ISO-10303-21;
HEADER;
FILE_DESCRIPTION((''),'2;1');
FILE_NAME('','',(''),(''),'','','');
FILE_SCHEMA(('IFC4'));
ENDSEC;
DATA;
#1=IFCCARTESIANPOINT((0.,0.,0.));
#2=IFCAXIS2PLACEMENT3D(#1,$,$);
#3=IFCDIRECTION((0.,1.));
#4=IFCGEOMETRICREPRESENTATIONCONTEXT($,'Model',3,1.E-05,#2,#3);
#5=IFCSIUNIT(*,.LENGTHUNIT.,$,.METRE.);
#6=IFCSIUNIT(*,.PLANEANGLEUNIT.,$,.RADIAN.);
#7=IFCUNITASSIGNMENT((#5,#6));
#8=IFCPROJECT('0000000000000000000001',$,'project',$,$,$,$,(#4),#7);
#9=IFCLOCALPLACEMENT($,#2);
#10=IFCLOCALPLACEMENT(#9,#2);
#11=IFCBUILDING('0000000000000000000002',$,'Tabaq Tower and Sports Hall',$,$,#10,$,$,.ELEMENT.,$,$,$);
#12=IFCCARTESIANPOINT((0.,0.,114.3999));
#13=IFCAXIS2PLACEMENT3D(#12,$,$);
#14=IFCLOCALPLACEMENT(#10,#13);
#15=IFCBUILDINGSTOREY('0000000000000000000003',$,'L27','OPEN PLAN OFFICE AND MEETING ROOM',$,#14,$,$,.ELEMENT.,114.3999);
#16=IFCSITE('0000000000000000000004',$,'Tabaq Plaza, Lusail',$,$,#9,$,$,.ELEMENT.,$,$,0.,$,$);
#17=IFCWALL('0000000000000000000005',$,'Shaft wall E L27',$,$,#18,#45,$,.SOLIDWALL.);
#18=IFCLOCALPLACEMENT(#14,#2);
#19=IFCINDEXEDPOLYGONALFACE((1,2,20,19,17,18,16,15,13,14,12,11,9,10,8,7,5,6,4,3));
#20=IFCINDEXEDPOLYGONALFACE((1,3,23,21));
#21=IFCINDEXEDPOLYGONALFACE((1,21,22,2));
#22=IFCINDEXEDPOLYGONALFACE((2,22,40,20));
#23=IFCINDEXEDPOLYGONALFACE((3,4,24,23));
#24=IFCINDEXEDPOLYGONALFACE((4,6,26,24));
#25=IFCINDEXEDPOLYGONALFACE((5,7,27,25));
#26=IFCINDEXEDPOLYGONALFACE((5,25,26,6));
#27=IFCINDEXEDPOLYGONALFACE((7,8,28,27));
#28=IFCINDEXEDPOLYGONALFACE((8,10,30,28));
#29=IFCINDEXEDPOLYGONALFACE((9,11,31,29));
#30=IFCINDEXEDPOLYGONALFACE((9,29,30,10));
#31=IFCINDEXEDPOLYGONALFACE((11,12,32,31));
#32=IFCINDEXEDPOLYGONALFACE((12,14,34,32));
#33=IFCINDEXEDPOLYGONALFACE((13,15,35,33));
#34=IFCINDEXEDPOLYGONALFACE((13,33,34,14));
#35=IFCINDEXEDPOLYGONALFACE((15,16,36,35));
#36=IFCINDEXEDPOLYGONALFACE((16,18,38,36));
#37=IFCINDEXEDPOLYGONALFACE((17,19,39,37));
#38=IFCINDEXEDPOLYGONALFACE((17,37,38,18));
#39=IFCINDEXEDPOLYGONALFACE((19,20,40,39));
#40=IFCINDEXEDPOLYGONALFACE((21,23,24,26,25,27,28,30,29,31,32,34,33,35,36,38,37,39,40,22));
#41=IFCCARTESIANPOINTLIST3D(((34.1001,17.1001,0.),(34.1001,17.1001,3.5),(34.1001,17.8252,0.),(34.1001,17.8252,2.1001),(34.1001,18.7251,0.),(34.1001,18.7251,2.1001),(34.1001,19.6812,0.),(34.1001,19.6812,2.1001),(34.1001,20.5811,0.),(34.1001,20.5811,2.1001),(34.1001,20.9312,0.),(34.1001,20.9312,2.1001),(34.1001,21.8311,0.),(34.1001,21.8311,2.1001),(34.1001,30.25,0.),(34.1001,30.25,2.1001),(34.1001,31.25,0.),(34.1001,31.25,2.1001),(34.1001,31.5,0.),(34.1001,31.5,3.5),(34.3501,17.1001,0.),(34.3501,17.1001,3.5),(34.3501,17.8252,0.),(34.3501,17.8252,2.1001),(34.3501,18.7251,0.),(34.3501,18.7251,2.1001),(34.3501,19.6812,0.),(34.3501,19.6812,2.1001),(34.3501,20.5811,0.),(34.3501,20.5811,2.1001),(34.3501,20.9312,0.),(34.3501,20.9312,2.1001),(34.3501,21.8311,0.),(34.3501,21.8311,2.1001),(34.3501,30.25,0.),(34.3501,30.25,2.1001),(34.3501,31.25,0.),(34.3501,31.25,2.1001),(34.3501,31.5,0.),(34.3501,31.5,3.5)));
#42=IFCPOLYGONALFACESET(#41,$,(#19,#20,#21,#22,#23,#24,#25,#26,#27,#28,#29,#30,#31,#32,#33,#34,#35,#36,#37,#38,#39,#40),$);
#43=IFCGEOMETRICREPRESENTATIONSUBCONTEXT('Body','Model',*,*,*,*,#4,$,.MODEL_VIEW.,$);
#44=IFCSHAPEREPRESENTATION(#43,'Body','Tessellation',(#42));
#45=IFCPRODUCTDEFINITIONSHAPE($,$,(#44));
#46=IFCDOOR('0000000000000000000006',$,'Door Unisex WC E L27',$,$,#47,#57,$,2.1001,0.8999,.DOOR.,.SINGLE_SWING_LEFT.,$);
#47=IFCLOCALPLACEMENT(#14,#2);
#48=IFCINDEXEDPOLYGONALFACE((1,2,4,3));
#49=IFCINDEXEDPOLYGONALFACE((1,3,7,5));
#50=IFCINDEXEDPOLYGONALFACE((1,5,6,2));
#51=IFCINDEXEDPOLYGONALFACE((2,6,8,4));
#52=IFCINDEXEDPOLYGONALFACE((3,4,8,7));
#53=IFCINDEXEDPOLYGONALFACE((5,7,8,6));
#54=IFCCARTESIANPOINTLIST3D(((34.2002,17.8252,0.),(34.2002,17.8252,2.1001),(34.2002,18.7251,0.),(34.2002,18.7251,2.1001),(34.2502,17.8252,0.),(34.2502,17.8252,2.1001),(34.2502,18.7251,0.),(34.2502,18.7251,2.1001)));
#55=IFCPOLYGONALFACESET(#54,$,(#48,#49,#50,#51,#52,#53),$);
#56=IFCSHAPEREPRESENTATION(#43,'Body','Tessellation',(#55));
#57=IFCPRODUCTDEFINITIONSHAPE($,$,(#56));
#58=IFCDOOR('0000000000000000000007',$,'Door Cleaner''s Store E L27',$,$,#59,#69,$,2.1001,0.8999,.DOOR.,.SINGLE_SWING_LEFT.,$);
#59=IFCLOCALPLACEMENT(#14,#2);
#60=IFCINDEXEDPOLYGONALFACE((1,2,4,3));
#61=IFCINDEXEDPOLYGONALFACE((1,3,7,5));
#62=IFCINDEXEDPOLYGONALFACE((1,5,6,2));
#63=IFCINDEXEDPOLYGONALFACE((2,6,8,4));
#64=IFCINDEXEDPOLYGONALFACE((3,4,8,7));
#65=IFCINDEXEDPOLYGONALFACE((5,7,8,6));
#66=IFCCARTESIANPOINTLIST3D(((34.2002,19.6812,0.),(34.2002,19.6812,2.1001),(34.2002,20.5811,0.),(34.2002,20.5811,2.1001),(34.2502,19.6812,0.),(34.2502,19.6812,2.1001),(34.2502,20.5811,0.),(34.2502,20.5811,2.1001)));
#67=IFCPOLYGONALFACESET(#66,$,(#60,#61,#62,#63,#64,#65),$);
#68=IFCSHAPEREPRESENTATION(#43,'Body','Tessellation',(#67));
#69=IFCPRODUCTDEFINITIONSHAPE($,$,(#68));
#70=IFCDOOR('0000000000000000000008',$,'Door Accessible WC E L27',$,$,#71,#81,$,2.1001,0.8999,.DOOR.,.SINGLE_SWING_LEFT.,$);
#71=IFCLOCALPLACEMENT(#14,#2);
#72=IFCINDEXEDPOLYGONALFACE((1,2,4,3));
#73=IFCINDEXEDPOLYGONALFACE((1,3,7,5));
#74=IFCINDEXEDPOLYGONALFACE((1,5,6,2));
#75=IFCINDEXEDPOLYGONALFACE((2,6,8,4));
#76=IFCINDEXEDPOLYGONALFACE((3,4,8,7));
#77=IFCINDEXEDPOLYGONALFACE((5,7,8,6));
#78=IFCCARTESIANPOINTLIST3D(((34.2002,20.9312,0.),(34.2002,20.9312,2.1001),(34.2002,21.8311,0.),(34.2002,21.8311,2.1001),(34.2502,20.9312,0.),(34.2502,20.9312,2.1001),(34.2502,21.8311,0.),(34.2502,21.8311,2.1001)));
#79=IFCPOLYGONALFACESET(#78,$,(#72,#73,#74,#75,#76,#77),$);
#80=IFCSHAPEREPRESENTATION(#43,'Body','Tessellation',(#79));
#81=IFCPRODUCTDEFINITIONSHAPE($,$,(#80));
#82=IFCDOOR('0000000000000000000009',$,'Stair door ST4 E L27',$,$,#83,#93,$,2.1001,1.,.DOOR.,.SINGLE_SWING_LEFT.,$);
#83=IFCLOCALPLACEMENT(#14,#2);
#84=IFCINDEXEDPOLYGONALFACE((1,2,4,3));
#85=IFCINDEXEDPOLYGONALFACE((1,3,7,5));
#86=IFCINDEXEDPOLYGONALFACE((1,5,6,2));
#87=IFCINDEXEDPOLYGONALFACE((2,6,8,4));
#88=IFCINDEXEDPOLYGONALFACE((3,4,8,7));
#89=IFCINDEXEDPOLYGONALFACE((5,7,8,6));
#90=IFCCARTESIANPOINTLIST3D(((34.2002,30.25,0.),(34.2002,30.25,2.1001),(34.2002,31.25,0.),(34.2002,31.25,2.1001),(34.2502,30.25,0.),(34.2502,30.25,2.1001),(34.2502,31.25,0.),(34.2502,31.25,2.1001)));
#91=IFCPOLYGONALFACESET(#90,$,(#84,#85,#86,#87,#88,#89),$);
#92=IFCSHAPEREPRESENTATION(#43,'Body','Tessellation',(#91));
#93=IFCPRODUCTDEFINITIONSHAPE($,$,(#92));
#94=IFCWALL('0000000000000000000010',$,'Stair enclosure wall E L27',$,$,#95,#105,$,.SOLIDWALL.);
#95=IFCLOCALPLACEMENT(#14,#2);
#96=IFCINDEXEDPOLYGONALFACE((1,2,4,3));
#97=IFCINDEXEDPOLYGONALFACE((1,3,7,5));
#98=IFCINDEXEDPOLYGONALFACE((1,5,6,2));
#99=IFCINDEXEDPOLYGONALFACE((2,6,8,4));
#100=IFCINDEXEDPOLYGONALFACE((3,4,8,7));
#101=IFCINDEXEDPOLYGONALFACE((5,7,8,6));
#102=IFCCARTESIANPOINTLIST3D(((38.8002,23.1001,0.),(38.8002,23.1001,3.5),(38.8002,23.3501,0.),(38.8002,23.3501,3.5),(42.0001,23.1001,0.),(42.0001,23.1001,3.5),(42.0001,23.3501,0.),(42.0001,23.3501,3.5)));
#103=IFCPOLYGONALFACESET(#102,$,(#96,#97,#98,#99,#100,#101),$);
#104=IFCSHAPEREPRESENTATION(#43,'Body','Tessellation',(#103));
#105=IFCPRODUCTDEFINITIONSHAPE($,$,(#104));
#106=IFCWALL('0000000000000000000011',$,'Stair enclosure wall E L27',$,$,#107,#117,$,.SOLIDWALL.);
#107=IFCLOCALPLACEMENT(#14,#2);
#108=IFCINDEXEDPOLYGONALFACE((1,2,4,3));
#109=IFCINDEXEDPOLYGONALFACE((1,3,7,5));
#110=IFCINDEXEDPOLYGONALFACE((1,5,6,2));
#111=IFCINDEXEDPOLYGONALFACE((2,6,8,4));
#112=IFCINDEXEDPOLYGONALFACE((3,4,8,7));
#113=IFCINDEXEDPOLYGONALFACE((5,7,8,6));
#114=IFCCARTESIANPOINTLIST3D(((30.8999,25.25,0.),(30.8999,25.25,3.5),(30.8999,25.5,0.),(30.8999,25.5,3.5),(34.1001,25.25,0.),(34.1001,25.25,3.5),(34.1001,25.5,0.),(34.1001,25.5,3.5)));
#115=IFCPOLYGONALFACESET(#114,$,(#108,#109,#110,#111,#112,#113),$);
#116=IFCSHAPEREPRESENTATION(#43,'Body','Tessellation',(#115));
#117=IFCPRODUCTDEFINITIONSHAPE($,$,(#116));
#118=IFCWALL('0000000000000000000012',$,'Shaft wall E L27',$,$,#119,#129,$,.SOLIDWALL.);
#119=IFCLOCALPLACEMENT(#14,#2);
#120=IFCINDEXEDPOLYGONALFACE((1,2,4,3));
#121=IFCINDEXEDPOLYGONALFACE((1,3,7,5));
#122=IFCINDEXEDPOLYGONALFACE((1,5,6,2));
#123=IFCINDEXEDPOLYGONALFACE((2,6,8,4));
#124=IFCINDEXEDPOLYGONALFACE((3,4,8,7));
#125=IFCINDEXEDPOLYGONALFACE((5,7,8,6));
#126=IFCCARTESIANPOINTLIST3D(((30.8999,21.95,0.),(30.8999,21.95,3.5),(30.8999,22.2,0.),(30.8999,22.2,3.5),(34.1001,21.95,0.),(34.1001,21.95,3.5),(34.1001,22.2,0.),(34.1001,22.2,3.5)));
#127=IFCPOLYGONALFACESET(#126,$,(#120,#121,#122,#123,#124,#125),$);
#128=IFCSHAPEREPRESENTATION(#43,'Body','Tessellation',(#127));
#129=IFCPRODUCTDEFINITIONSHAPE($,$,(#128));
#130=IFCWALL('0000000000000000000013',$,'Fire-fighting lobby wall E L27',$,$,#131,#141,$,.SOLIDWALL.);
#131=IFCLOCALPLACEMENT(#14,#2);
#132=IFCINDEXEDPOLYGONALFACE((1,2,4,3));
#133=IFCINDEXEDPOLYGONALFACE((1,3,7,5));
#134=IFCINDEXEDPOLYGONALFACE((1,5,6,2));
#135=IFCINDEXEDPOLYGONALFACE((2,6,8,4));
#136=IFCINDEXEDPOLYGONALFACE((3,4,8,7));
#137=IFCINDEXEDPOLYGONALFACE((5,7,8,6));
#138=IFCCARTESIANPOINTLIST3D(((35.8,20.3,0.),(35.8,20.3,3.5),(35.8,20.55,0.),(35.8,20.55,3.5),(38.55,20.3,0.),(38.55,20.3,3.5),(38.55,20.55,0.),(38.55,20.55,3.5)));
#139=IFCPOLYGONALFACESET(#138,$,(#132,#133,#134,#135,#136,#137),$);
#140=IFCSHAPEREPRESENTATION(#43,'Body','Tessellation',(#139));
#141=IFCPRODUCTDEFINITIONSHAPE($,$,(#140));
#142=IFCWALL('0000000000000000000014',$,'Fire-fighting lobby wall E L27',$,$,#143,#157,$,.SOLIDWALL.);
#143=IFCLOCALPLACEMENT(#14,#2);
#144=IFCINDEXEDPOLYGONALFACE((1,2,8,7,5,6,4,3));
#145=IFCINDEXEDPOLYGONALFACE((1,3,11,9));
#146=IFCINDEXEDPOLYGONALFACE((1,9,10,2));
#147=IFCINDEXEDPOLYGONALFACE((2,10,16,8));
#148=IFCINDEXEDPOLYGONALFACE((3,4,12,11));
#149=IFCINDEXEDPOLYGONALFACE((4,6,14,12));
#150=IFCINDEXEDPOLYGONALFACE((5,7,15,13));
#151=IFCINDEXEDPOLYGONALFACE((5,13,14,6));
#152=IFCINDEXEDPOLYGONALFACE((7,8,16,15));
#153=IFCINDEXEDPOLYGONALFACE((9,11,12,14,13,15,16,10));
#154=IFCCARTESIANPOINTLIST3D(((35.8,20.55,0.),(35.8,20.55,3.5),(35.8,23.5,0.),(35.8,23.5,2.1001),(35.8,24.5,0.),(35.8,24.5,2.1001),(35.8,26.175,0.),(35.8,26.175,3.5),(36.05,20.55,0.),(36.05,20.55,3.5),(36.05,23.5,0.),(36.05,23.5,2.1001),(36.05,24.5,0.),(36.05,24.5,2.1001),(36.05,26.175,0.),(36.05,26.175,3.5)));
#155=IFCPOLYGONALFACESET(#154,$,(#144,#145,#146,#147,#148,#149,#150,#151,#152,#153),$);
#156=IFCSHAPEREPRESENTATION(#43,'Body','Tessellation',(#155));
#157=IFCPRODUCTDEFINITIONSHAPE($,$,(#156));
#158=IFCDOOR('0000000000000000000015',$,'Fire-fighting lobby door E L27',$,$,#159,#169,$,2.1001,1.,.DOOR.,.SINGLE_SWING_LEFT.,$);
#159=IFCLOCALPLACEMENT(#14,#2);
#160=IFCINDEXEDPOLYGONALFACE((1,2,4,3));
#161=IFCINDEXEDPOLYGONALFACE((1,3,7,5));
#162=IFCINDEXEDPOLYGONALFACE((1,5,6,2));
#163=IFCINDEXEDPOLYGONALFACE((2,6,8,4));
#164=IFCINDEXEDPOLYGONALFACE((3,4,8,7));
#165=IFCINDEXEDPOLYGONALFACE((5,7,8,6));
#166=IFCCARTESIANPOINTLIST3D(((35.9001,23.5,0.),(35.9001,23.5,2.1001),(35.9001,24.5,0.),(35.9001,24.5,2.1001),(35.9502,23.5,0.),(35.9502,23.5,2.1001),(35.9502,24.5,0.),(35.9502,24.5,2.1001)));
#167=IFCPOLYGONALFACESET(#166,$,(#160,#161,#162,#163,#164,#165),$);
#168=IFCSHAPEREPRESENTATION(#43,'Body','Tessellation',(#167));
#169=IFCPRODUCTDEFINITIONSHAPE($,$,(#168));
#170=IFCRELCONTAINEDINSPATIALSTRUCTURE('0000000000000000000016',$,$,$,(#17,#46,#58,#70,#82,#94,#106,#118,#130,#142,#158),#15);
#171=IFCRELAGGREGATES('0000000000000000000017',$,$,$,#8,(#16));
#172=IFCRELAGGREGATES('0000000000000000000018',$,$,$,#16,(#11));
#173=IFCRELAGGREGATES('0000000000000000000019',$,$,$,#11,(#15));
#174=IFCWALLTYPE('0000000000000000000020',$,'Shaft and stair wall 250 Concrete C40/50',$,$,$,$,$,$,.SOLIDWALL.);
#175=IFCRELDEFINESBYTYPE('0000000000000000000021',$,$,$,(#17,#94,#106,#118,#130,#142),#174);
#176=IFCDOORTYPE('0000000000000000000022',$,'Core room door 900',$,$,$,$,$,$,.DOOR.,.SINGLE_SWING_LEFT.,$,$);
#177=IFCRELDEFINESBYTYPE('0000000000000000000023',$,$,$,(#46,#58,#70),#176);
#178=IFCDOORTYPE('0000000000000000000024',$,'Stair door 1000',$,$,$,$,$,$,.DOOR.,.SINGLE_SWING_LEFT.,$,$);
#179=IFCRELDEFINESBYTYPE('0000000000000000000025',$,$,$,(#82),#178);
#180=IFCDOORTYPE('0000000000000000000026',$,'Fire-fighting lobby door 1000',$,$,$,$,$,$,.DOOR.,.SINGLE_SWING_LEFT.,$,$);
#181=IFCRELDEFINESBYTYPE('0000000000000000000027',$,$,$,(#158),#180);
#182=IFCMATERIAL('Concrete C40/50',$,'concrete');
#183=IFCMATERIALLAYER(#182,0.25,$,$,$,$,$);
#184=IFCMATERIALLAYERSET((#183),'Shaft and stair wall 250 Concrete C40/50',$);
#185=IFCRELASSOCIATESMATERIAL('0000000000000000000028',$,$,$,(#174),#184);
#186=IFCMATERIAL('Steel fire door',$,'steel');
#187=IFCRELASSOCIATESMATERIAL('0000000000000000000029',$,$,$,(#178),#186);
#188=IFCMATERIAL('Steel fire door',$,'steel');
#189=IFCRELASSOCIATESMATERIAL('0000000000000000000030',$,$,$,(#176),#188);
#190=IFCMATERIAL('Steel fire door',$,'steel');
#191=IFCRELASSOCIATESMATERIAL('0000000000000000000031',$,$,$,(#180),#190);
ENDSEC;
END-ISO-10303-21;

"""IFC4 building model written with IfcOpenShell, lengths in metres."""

from ifc_helpers import new_model, si_unit, direction, frame, frame_2d, origin, place, context, subcontext, project, spatial, rectangle, extrude, material, layer, layer_set, type_object, element, fill, save


model = new_model("IFC4")

# Units and contexts
model_context = context("Model", 3, precision=1e-05, world=origin(), true_north=direction((0.0, 1.0)))
body_context = subcontext(model_context, "Body", "Model", "MODEL_VIEW")
ifc_project = project(units=[si_unit("LENGTHUNIT", "METRE"), si_unit("PLANEANGLEUNIT", "RADIAN")], contexts=[model_context])

# Site, building, storey
site_placement = place(None, origin())
site = spatial("IfcSite", under=ifc_project, at=site_placement, Name="Tabaq Plaza, Lusail", CompositionType="ELEMENT", RefElevation=0.0)
building_placement = place(site_placement, origin())
building = spatial("IfcBuilding", under=site, at=building_placement, Name="Tabaq Tower and Sports Hall", CompositionType="ELEMENT")
storey_placement = place(building_placement, frame((0.0, 0.0, 114.3999)))
storey = spatial("IfcBuildingStorey", under=building, at=storey_placement, Name="L27", Description="OPEN PLAN OFFICE AND MEETING ROOM", CompositionType="ELEMENT", Elevation=114.3999)

# Wall, openings, doors
ifc_material_1 = material(Name="Concrete C40/50", Category="concrete")
ifc_layer_1 = layer(ifc_material_1, 0.25)
ifc_layer_set_1 = layer_set([ifc_layer_1], Name="Shaft and stair wall 250 Concrete C40/50")
wall_type_1 = type_object("IfcWallType", Name="Shaft and stair wall 250 Concrete C40/50", PredefinedType="SOLIDWALL", material=ifc_layer_set_1)
ifc_material_2 = material(Name="Steel fire door", Category="steel")
door_type_1 = type_object("IfcDoorType", Name="Stair door 1000", OperationType="SINGLE_SWING_LEFT", PredefinedType="DOOR", material=ifc_material_2)
wall_1_placement = place(storey_placement, frame((34.2251, 17.1001, 0.0), z_axis=(0.0, 0.0, 1.0), x_axis=(0.0, 1.0, 0.0)))
wall_1 = element("IfcWall", 1, at=wall_1_placement, inside=storey, type_object=wall_type_1, Name="Shaft wall E L27", PredefinedType="SOLIDWALL", context=body_context, shape_type="SweptSolid", body=[
    extrude(rectangle(XDim=14.3999, YDim=0.25, at=frame_2d((7.2, 0.0))), origin(), (0.0, 0.0, 1.0), 3.5),
])
opening_1_placement = place(wall_1_placement, frame((13.1499, 0.0, 0.0)))
opening_1 = element("IfcOpeningElement", 2, at=opening_1_placement, cuts=wall_1, PredefinedType="OPENING", context=body_context, shape_type="SweptSolid", body=[
    extrude(rectangle(XDim=1.0, YDim=2.1001, at=frame_2d((0.5, 1.05))), frame((0.0, 0.125, 0.0), z_axis=(0.0, -1.0, 0.0), x_axis=(1.0, 0.0, 0.0)), (0.0, 0.0, 1.0), 0.25),
])
opening_2_placement = place(wall_1_placement, frame((0.7251, 0.0, 0.0)))
opening_2 = element("IfcOpeningElement", 3, at=opening_2_placement, cuts=wall_1, PredefinedType="OPENING", context=body_context, shape_type="SweptSolid", body=[
    extrude(rectangle(XDim=0.8999, YDim=2.1001, at=frame_2d((0.45, 1.05))), frame((0.0, 0.125, 0.0), z_axis=(0.0, -1.0, 0.0), x_axis=(1.0, 0.0, 0.0)), (0.0, 0.0, 1.0), 0.25),
])
opening_3_placement = place(wall_1_placement, frame((2.5811, 0.0, 0.0)))
opening_3 = element("IfcOpeningElement", 4, at=opening_3_placement, cuts=wall_1, PredefinedType="OPENING", context=body_context, shape_type="SweptSolid", body=[
    extrude(rectangle(XDim=0.8999, YDim=2.1001, at=frame_2d((0.45, 1.05))), frame((0.0, 0.125, 0.0), z_axis=(0.0, -1.0, 0.0), x_axis=(1.0, 0.0, 0.0)), (0.0, 0.0, 1.0), 0.25),
])
opening_4_placement = place(wall_1_placement, frame((3.8311, 0.0, 0.0)))
opening_4 = element("IfcOpeningElement", 5, at=opening_4_placement, cuts=wall_1, PredefinedType="OPENING", context=body_context, shape_type="SweptSolid", body=[
    extrude(rectangle(XDim=0.8999, YDim=2.1001, at=frame_2d((0.45, 1.05))), frame((0.0, 0.125, 0.0), z_axis=(0.0, -1.0, 0.0), x_axis=(1.0, 0.0, 0.0)), (0.0, 0.0, 1.0), 0.25),
])
ifc_material_3 = material(Name="Steel fire door", Category="steel")
door_type_2 = type_object("IfcDoorType", Name="Core room door 900", OperationType="SINGLE_SWING_LEFT", PredefinedType="DOOR", material=ifc_material_3)
door_1_placement = place(opening_2_placement, origin())
door_1 = element("IfcDoor", 6, at=door_1_placement, inside=storey, type_object=door_type_2, Name="Door Unisex WC E L27", OperationType="SINGLE_SWING_LEFT", OverallHeight=2.1001, OverallWidth=0.8999, PredefinedType="DOOR", context=body_context, shape_type="SweptSolid", body=[
    extrude(rectangle(XDim=0.8999, YDim=2.1001, at=frame_2d((0.45, 1.05))), frame((0.0, 0.0249, 0.0), z_axis=(0.0, -1.0, 0.0), x_axis=(1.0, 0.0, 0.0)), (0.0, 0.0, 1.0), 0.05),
])
fill(opening_2, door_1)
door_2_placement = place(opening_3_placement, origin())
door_2 = element("IfcDoor", 7, at=door_2_placement, inside=storey, type_object=door_type_2, Name="Door Cleaner's Store E L27", OperationType="SINGLE_SWING_LEFT", OverallHeight=2.1001, OverallWidth=0.8999, PredefinedType="DOOR", context=body_context, shape_type="SweptSolid", body=[
    extrude(rectangle(XDim=0.8999, YDim=2.1001, at=frame_2d((0.45, 1.05))), frame((0.0, 0.0249, 0.0), z_axis=(0.0, -1.0, 0.0), x_axis=(1.0, 0.0, 0.0)), (0.0, 0.0, 1.0), 0.05),
])
fill(opening_3, door_2)
door_3_placement = place(opening_4_placement, origin())
door_3 = element("IfcDoor", 8, at=door_3_placement, inside=storey, type_object=door_type_2, Name="Door Accessible WC E L27", OperationType="SINGLE_SWING_LEFT", OverallHeight=2.1001, OverallWidth=0.8999, PredefinedType="DOOR", context=body_context, shape_type="SweptSolid", body=[
    extrude(rectangle(XDim=0.8999, YDim=2.1001, at=frame_2d((0.45, 1.05))), frame((0.0, 0.0249, 0.0), z_axis=(0.0, -1.0, 0.0), x_axis=(1.0, 0.0, 0.0)), (0.0, 0.0, 1.0), 0.05),
])
fill(opening_4, door_3)
door_4_placement = place(opening_1_placement, origin())
door_4 = element("IfcDoor", 9, at=door_4_placement, inside=storey, type_object=door_type_1, Name="Stair door ST4 E L27", OperationType="SINGLE_SWING_LEFT", OverallHeight=2.1001, OverallWidth=1.0, PredefinedType="DOOR", context=body_context, shape_type="SweptSolid", body=[
    extrude(rectangle(XDim=1.0, YDim=2.1001, at=frame_2d((0.5, 1.05))), frame((0.0, 0.0249, 0.0), z_axis=(0.0, -1.0, 0.0), x_axis=(1.0, 0.0, 0.0)), (0.0, 0.0, 1.0), 0.05),
])
fill(opening_1, door_4)

# Walls
wall_2_placement = place(storey_placement, frame((38.8, 23.2251, 0.0), z_axis=(0.0, 0.0, 1.0), x_axis=(1.0, 0.0, 0.0)))
element("IfcWall", 10, at=wall_2_placement, inside=storey, type_object=wall_type_1, Name="Stair enclosure wall E L27", PredefinedType="SOLIDWALL", context=body_context, shape_type="SweptSolid", body=[
    extrude(rectangle(XDim=3.2, YDim=0.25, at=frame_2d((1.6001, 0.0))), origin(), (0.0, 0.0, 1.0), 3.5),
])
for number, where, z_axis, x_axis, name in (
    (11, (30.8999, 25.375, 0.0), (0.0, 0.0, 1.0), (1.0, 0.0, 0.0), "Stair enclosure wall E L27"),
    (12, (30.8999, 22.075, 0.0), (0.0, 0.0, 1.0), (1.0, 0.0, 0.0), "Shaft wall E L27"),
):
    element("IfcWall", number, at=place(storey_placement, frame(where, z_axis=z_axis, x_axis=x_axis)), inside=storey, type_object=wall_type_1, Name=name, PredefinedType="SOLIDWALL", context=body_context, shape_type="SweptSolid", body=[
        extrude(rectangle(XDim=3.2002, YDim=0.25, at=frame_2d((1.6001, 0.0))), origin(), (0.0, 0.0, 1.0), 3.5),
    ])
wall_3_placement = place(storey_placement, frame((35.8, 20.425, 0.0), z_axis=(0.0, 0.0, 1.0), x_axis=(1.0, 0.0, 0.0)))
element("IfcWall", 13, at=wall_3_placement, inside=storey, type_object=wall_type_1, Name="Fire-fighting lobby wall E L27", PredefinedType="SOLIDWALL", context=body_context, shape_type="SweptSolid", body=[
    extrude(rectangle(XDim=2.75, YDim=0.25, at=frame_2d((1.375, 0.0))), origin(), (0.0, 0.0, 1.0), 3.5),
])

# Wall, opening, door
wall_4_placement = place(storey_placement, frame((35.925, 20.55, 0.0), z_axis=(0.0, 0.0, 1.0), x_axis=(0.0, 1.0, 0.0)))
wall_4 = element("IfcWall", 14, at=wall_4_placement, inside=storey, type_object=wall_type_1, Name="Fire-fighting lobby wall E L27", PredefinedType="SOLIDWALL", context=body_context, shape_type="SweptSolid", body=[
    extrude(rectangle(XDim=5.625, YDim=0.25, at=frame_2d((2.8125, 0.0))), origin(), (0.0, 0.0, 1.0), 3.5),
])
opening_5_placement = place(wall_4_placement, frame((2.95, 0.0, 0.0)))
opening_5 = element("IfcOpeningElement", 15, at=opening_5_placement, cuts=wall_4, PredefinedType="OPENING", context=body_context, shape_type="SweptSolid", body=[
    extrude(rectangle(XDim=1.0, YDim=2.1001, at=frame_2d((0.5, 1.05))), frame((0.0, 0.125, 0.0), z_axis=(0.0, -1.0, 0.0), x_axis=(1.0, 0.0, 0.0)), (0.0, 0.0, 1.0), 0.25),
])
ifc_material_4 = material(Name="Steel fire door", Category="steel")
door_type_3 = type_object("IfcDoorType", Name="Fire-fighting lobby door 1000", OperationType="SINGLE_SWING_LEFT", PredefinedType="DOOR", material=ifc_material_4)
door_5_placement = place(opening_5_placement, origin())
door_5 = element("IfcDoor", 16, at=door_5_placement, inside=storey, type_object=door_type_3, Name="Fire-fighting lobby door E L27", OperationType="SINGLE_SWING_LEFT", OverallHeight=2.1001, OverallWidth=1.0, PredefinedType="DOOR", context=body_context, shape_type="SweptSolid", body=[
    extrude(rectangle(XDim=1.0, YDim=2.1001, at=frame_2d((0.5, 1.05))), frame((0.0, 0.0249, 0.0), z_axis=(0.0, -1.0, 0.0), x_axis=(1.0, 0.0, 0.0)), (0.0, 0.0, 1.0), 0.05),
])
fill(opening_5, door_5)

save(model, "model.ifc")
